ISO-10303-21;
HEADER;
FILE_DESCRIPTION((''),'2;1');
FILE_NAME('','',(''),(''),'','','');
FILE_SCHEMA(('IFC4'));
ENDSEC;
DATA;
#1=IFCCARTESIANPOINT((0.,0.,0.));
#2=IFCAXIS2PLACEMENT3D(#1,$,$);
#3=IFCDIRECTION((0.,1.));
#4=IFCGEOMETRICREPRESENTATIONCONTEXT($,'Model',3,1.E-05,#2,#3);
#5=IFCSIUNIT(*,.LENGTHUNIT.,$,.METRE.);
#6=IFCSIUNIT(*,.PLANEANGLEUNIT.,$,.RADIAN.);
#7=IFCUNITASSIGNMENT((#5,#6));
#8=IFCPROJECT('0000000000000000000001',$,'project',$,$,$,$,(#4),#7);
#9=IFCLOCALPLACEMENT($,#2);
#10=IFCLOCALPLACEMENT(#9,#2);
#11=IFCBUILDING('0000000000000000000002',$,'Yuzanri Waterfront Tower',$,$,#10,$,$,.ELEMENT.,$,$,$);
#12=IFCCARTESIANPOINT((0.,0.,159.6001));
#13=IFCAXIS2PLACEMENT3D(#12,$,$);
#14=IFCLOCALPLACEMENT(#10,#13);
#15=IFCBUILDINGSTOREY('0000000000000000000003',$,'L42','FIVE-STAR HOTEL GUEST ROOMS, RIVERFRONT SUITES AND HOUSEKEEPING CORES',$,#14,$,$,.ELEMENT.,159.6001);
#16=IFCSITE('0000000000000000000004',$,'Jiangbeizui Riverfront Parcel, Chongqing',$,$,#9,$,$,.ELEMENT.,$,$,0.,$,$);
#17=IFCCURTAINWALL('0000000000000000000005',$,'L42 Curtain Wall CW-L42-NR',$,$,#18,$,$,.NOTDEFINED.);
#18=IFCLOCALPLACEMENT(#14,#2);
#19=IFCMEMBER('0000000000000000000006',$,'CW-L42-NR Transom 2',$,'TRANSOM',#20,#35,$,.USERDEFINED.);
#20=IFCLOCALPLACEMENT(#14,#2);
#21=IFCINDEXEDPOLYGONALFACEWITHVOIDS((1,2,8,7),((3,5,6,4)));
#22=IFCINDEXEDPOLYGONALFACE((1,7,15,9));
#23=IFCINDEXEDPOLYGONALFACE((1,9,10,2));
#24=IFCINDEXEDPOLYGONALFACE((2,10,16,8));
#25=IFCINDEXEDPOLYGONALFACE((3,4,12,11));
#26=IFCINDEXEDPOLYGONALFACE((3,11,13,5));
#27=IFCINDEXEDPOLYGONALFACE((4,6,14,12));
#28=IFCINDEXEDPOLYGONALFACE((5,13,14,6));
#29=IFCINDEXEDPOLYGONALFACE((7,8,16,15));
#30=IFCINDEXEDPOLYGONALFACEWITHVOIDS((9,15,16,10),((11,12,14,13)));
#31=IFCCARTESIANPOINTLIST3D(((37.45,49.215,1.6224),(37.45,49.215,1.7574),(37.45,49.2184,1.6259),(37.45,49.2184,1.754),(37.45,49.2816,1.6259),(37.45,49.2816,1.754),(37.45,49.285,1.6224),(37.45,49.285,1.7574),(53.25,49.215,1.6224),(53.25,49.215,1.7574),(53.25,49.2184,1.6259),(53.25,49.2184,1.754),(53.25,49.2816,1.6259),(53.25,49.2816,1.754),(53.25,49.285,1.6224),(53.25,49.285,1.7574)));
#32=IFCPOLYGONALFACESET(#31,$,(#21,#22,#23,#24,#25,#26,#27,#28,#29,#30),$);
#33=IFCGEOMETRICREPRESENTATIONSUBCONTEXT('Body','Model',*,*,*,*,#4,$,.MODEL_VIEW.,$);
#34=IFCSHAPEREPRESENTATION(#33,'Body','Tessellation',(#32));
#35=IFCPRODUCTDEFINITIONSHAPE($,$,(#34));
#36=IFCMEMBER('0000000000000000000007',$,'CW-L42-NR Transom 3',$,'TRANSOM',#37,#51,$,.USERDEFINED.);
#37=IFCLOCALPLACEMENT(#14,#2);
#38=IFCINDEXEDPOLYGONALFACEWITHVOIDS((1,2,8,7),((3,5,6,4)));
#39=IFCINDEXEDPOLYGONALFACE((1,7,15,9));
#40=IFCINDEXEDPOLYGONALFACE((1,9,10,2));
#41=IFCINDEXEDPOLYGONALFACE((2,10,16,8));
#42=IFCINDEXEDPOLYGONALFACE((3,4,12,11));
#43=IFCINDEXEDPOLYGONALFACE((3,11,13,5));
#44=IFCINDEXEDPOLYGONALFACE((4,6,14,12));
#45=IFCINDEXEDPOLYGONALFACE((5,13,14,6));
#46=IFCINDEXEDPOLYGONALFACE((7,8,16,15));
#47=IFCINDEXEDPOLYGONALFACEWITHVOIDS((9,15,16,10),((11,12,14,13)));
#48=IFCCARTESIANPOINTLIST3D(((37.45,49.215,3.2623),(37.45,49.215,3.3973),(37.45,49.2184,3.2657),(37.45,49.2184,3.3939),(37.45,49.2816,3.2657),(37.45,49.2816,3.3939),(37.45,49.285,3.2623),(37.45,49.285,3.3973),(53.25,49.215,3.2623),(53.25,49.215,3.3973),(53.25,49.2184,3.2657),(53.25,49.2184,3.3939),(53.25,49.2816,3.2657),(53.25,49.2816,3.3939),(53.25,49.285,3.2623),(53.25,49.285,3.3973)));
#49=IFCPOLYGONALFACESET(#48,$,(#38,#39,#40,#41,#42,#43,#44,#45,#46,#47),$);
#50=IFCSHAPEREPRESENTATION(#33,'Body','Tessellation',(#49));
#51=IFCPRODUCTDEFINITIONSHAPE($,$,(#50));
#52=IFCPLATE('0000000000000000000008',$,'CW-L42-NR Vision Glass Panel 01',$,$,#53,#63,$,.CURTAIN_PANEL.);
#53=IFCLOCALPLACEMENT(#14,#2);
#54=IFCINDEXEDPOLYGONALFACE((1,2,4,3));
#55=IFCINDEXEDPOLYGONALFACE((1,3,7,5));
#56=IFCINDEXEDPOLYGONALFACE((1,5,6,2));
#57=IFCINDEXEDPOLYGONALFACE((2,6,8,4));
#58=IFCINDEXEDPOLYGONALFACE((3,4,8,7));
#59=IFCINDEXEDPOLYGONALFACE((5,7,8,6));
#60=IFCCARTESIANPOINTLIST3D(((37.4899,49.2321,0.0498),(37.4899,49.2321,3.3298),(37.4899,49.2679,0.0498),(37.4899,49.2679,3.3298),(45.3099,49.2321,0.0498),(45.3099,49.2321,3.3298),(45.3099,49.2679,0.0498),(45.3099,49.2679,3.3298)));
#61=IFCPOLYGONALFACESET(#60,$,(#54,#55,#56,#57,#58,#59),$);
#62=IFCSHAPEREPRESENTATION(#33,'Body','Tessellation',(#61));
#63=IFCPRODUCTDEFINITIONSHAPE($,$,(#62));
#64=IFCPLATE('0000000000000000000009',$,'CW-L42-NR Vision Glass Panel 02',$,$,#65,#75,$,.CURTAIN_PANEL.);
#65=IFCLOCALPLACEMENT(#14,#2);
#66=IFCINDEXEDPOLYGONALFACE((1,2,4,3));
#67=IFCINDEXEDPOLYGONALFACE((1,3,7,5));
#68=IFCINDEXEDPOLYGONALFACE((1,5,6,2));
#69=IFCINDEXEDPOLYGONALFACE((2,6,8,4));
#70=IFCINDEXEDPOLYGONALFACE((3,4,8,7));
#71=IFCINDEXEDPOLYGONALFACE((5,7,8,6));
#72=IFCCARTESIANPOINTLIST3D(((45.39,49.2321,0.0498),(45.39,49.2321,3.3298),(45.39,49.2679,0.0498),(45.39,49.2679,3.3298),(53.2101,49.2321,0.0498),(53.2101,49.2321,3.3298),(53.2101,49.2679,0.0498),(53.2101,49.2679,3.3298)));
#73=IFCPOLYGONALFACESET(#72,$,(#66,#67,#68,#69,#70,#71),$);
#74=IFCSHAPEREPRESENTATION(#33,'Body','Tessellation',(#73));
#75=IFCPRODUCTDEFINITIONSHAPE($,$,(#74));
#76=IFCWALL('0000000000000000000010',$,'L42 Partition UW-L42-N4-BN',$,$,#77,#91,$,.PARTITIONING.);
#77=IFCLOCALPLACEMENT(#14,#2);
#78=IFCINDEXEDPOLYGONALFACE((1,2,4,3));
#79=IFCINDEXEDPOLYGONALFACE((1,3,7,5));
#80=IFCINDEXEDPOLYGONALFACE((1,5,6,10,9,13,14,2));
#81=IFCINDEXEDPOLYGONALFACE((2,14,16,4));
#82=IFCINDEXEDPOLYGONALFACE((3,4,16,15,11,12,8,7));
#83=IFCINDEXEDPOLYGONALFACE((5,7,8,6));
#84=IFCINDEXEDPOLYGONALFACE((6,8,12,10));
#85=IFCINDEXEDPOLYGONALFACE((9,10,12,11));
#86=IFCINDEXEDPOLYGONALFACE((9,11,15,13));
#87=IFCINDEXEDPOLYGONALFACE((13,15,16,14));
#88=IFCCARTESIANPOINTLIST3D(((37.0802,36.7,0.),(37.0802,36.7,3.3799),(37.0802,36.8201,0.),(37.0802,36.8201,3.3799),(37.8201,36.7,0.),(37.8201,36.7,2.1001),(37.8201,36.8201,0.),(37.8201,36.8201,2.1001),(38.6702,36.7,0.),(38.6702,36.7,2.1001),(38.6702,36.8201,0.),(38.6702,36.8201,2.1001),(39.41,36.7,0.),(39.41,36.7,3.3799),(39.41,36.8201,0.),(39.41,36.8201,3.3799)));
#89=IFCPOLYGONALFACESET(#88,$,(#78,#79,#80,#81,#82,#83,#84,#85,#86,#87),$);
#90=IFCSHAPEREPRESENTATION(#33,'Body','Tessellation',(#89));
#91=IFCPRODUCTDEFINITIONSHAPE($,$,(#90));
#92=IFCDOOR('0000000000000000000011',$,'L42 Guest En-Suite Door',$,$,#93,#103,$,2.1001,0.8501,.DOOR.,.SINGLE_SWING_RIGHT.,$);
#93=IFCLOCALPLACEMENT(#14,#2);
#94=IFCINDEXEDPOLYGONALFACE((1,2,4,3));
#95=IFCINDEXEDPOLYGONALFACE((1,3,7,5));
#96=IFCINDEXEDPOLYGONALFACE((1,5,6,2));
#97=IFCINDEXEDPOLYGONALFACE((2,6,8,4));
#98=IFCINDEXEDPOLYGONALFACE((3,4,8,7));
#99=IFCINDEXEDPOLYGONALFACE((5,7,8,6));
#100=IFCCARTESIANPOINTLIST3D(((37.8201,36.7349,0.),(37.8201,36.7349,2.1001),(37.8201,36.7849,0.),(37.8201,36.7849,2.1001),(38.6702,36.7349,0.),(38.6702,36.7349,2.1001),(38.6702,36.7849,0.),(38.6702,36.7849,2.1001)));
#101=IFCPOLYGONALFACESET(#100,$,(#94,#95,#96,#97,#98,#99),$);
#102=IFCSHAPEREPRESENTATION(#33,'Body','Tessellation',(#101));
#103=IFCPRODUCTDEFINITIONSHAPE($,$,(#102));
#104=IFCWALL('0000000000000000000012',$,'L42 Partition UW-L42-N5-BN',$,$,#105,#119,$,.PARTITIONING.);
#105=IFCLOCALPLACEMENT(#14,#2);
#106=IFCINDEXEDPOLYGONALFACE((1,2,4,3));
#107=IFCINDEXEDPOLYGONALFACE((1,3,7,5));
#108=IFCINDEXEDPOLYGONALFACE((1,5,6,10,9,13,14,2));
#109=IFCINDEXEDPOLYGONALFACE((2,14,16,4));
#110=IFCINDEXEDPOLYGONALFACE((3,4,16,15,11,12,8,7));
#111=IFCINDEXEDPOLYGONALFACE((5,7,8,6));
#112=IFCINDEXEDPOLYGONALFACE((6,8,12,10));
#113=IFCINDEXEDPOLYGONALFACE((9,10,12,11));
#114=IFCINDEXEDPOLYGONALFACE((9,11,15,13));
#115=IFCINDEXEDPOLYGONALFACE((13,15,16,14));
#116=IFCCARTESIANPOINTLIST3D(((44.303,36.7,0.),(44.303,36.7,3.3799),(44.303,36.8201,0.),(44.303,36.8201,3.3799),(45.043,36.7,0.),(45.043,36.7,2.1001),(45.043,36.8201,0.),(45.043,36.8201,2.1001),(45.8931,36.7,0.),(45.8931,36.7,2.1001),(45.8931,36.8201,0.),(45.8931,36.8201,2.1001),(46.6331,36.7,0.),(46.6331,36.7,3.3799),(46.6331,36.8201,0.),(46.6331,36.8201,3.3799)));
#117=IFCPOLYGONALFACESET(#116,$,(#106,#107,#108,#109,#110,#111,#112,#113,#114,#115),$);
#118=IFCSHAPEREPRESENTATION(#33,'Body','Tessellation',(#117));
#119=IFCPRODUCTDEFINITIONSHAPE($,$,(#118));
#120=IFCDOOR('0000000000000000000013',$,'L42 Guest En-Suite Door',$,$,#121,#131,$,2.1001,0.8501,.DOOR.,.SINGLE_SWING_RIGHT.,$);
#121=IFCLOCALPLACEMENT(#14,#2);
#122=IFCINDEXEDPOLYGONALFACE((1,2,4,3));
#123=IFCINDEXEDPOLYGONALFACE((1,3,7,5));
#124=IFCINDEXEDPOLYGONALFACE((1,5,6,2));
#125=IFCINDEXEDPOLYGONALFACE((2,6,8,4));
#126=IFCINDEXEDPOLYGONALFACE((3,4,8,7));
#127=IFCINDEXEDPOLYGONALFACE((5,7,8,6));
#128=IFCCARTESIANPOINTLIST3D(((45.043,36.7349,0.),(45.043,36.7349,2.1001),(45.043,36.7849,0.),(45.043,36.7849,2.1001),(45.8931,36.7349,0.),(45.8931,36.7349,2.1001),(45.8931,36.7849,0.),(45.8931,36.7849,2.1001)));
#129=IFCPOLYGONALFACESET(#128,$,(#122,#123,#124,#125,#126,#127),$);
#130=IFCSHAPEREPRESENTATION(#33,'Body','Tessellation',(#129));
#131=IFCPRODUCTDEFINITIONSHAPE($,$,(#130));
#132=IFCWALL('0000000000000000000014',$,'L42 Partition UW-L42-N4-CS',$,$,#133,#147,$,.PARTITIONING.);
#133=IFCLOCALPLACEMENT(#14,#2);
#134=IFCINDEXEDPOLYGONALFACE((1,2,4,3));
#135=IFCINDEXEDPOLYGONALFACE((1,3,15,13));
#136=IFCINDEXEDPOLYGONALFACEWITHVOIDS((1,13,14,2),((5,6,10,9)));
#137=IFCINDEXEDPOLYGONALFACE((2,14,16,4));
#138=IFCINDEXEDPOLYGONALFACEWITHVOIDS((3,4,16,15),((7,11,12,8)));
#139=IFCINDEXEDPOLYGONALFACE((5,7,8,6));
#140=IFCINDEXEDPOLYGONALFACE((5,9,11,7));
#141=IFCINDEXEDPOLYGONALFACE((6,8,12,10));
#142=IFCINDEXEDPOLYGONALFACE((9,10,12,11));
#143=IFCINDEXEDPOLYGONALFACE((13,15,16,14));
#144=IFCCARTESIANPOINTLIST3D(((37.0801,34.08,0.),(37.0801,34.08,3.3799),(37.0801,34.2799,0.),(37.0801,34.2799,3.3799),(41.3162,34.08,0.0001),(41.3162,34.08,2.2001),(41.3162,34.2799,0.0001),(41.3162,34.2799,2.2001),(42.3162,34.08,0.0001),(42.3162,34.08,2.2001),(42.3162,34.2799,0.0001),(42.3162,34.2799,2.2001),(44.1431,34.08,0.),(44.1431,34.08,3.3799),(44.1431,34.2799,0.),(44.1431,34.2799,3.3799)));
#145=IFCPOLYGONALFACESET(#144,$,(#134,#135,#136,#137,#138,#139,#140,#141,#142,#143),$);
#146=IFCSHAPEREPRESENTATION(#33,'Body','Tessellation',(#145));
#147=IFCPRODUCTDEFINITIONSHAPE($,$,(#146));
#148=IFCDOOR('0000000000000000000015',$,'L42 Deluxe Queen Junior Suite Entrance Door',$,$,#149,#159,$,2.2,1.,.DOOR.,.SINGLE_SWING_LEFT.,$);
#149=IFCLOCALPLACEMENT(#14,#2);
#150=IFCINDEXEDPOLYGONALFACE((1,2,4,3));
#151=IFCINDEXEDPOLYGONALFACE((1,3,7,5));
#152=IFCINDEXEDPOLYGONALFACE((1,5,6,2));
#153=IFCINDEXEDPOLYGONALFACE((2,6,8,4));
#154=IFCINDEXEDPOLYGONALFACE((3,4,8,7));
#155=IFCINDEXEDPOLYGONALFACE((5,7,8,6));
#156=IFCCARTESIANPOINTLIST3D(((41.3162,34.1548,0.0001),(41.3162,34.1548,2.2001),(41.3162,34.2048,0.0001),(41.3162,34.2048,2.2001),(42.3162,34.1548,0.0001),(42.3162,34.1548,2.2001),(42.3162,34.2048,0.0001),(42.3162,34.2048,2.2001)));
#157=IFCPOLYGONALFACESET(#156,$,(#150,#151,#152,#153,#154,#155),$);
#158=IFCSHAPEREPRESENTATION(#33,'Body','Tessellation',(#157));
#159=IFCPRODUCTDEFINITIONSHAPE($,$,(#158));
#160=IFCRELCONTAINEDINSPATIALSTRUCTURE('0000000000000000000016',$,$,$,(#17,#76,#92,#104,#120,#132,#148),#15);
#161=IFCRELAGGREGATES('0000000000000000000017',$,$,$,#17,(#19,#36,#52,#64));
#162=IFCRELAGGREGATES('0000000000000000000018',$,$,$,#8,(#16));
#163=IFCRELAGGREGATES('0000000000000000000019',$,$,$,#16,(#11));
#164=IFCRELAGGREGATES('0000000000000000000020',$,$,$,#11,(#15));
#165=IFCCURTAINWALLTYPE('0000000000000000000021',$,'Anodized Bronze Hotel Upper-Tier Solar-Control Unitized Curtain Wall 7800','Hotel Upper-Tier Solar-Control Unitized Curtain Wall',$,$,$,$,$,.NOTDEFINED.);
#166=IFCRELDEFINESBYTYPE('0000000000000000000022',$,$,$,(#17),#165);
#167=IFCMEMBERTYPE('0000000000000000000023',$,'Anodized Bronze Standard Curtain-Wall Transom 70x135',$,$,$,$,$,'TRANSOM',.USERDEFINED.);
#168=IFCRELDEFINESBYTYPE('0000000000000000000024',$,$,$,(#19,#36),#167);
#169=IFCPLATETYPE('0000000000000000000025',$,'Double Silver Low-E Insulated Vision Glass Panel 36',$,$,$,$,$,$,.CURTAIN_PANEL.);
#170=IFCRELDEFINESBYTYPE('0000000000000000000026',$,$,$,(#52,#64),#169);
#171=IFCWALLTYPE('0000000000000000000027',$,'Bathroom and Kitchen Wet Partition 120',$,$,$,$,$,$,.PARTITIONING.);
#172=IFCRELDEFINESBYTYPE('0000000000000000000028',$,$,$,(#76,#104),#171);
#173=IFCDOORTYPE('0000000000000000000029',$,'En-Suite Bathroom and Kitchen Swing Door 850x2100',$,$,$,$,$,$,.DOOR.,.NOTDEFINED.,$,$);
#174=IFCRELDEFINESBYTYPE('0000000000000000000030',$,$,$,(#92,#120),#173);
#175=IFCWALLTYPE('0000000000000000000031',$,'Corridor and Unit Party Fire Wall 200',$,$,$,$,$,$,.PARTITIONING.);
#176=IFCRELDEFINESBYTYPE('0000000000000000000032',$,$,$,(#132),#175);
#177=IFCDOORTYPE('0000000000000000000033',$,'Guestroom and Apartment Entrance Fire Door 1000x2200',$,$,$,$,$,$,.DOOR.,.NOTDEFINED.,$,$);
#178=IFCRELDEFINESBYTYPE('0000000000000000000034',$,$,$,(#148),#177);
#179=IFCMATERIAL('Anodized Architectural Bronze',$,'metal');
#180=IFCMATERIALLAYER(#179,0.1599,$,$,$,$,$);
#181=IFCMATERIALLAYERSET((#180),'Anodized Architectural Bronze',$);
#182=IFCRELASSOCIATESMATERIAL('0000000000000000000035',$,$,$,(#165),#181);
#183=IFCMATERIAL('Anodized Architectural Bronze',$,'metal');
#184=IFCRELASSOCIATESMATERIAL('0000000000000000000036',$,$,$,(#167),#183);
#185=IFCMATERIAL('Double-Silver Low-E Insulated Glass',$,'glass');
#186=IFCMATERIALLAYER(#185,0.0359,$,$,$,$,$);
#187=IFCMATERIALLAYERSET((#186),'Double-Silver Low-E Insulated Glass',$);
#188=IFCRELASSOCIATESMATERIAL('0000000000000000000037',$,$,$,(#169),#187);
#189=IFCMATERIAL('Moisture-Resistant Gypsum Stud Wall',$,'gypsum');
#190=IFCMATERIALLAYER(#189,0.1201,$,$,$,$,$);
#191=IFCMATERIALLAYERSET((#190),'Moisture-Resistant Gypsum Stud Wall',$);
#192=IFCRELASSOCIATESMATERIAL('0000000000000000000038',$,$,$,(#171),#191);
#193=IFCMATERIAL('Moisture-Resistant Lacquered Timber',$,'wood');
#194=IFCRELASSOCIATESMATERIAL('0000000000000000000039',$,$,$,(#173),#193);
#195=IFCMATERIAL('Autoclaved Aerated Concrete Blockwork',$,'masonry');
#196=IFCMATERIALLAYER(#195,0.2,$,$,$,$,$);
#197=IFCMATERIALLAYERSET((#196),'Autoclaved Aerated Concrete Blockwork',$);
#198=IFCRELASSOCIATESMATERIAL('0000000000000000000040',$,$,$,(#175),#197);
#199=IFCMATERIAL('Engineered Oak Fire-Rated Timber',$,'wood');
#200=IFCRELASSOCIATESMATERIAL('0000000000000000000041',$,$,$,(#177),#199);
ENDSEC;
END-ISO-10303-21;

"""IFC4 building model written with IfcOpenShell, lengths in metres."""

from ifc_helpers import new_model, si_unit, direction, frame, frame_2d, origin, origin_2d, place, context, subcontext, project, spatial, rectangle, hollow_rectangle, extrude, source, transform, mapped, material, layer, layer_set, material_profile, profile_set, type_object, element, fill, aggregate, save


model = new_model("IFC4")

# Units and contexts
model_context = context("Model", 3, precision=1e-05, world=origin(), true_north=direction((0.0, 1.0)))
body_context = subcontext(model_context, "Body", "Model", "MODEL_VIEW")
ifc_project = project(units=[si_unit("LENGTHUNIT", "METRE"), si_unit("PLANEANGLEUNIT", "RADIAN")], contexts=[model_context])

# Site, building, storey
site_placement = place(None, origin())
site = spatial("IfcSite", under=ifc_project, at=site_placement, Name="Jiangbeizui Riverfront Parcel, Chongqing", CompositionType="ELEMENT", RefElevation=0.0)
building_placement = place(site_placement, origin())
building = spatial("IfcBuilding", under=site, at=building_placement, Name="Yuzanri Waterfront Tower", CompositionType="ELEMENT")
storey_placement = place(building_placement, frame((0.0, 0.0, 159.6001)))
storey = spatial("IfcBuildingStorey", under=building, at=storey_placement, Name="L42", Description="FIVE-STAR HOTEL GUEST ROOMS, RIVERFRONT SUITES AND HOUSEKEEPING CORES", CompositionType="ELEMENT", Elevation=159.6001)

# Shared definitions
ifc_material_1 = material(Name="Anodized Architectural Bronze", Category="metal")
ifc_layer_1 = layer(ifc_material_1, 0.1599)
ifc_layer_set_1 = layer_set([ifc_layer_1], Name="Anodized Architectural Bronze")
curtain_wall_type = type_object("IfcCurtainWallType", Name="Anodized Bronze Hotel Upper-Tier Solar-Control Unitized Curtain Wall 7800", Description="Hotel Upper-Tier Solar-Control Unitized Curtain Wall", PredefinedType="NOTDEFINED", material=ifc_layer_set_1)

# Curtain wall, members, plates
curtain_wall_1_placement = place(storey_placement, origin())
curtain_wall_1 = element("IfcCurtainWall", 1, at=curtain_wall_1_placement, inside=storey, type_object=curtain_wall_type, Name="L42 Curtain Wall CW-L42-NR", PredefinedType="NOTDEFINED")
ifc_material_2 = material(Name="Anodized Architectural Bronze", Category="metal")
ifc_material_profile_1 = material_profile(ifc_material_2, hollow_rectangle(XDim=0.0701, YDim=0.135, WallThickness=0.0034, at=origin_2d()), Name="CWT 70x135")
ifc_profile_set_1 = profile_set([ifc_material_profile_1], Name="Anodized Architectural Bronze")
member_type_1 = type_object("IfcMemberType", Name="Anodized Bronze Standard Curtain-Wall Transom 70x135", ElementType="TRANSOM", PredefinedType="USERDEFINED", material=ifc_profile_set_1)
shared_shape_1 = source(origin(), body_context, "Body", "SweptSolid", [
    extrude(hollow_rectangle(XDim=0.0701, YDim=0.135, WallThickness=0.0034, at=origin_2d()), origin(), (0.0, 0.0, 1.0), 15.8),
])
member_1_placement = place(storey_placement, frame((37.45, 49.25, 1.6899), z_axis=(1.0, 0.0, 0.0), x_axis=(0.0, 1.0, 0.0)))
member_1 = element("IfcMember", 2, at=member_1_placement, type_object=member_type_1, Name="CW-L42-NR Transom 2", ObjectType="TRANSOM", PredefinedType="USERDEFINED", context=body_context, shape_type="MappedRepresentation", body=[
    mapped(shared_shape_1, transform((0.0, 0.0, 0.0), scale=1.0)),
])
member_2_placement = place(storey_placement, frame((37.45, 49.25, 3.3298), z_axis=(1.0, 0.0, 0.0), x_axis=(0.0, 1.0, 0.0)))
member_2 = element("IfcMember", 3, at=member_2_placement, type_object=member_type_1, Name="CW-L42-NR Transom 3", ObjectType="TRANSOM", PredefinedType="USERDEFINED", context=body_context, shape_type="MappedRepresentation", body=[
    mapped(shared_shape_1, transform((0.0, 0.0, 0.0), scale=1.0)),
])
ifc_material_3 = material(Name="Double-Silver Low-E Insulated Glass", Category="glass")
ifc_layer_2 = layer(ifc_material_3, 0.0359)
ifc_layer_set_2 = layer_set([ifc_layer_2], Name="Double-Silver Low-E Insulated Glass")
plate_type = type_object("IfcPlateType", Name="Double Silver Low-E Insulated Vision Glass Panel 36", PredefinedType="CURTAIN_PANEL", material=ifc_layer_set_2)
shared_shape_2 = source(origin(), body_context, "Body", "SweptSolid", [
    extrude(rectangle(XDim=7.8201, YDim=0.0359, at=origin_2d()), origin(), (0.0, 0.0, 1.0), 3.28),
])
plate_1_placement = place(storey_placement, frame((41.3999, 49.25, 0.0498), z_axis=(0.0, 0.0, 1.0), x_axis=(1.0, 0.0, 0.0)))
plate_1 = element("IfcPlate", 4, at=plate_1_placement, type_object=plate_type, Name="CW-L42-NR Vision Glass Panel 01", PredefinedType="CURTAIN_PANEL", context=body_context, shape_type="MappedRepresentation", body=[
    mapped(shared_shape_2, transform((0.0, 0.0, 0.0), scale=1.0)),
])
plate_2_placement = place(storey_placement, frame((49.3, 49.25, 0.0498), z_axis=(0.0, 0.0, 1.0), x_axis=(1.0, 0.0, 0.0)))
plate_2 = element("IfcPlate", 5, at=plate_2_placement, type_object=plate_type, Name="CW-L42-NR Vision Glass Panel 02", PredefinedType="CURTAIN_PANEL", context=body_context, shape_type="MappedRepresentation", body=[
    mapped(shared_shape_2, transform((0.0, 0.0, 0.0), scale=1.0)),
])
aggregate(curtain_wall_1, [member_1, member_2, plate_1, plate_2])

# Walls, openings, doors
ifc_material_4 = material(Name="Moisture-Resistant Gypsum Stud Wall", Category="gypsum")
ifc_layer_3 = layer(ifc_material_4, 0.1201)
ifc_layer_set_3 = layer_set([ifc_layer_3], Name="Moisture-Resistant Gypsum Stud Wall")
wall_type_1 = type_object("IfcWallType", Name="Bathroom and Kitchen Wet Partition 120", PredefinedType="PARTITIONING", material=ifc_layer_set_3)
wall_1_placement = place(storey_placement, frame((37.0801, 36.76, 0.0), z_axis=(0.0, 0.0, 1.0), x_axis=(1.0, 0.0, 0.0)))
wall_1 = element("IfcWall", 6, at=wall_1_placement, inside=storey, type_object=wall_type_1, Name="L42 Partition UW-L42-N4-BN", PredefinedType="PARTITIONING", context=body_context, shape_type="SweptSolid", body=[
    extrude(rectangle(XDim=2.3298, YDim=0.1201, at=frame_2d((1.165, 0.0))), origin(), (0.0, 0.0, 1.0), 3.3799),
])
opening_1_placement = place(wall_1_placement, frame((0.74, 0.0, 0.0)))
opening_1 = element("IfcOpeningElement", 7, at=opening_1_placement, cuts=wall_1, PredefinedType="OPENING", context=body_context, shape_type="SweptSolid", body=[
    extrude(rectangle(XDim=0.8501, YDim=2.1001, at=frame_2d((0.425, 1.05))), frame((0.0, 0.075, 0.0), z_axis=(0.0, -1.0, 0.0), x_axis=(1.0, 0.0, 0.0)), (0.0, 0.0, 1.0), 0.1499),
])
ifc_material_5 = material(Name="Moisture-Resistant Lacquered Timber", Category="wood")
door_type_1 = type_object("IfcDoorType", Name="En-Suite Bathroom and Kitchen Swing Door 850x2100", OperationType="NOTDEFINED", PredefinedType="DOOR", material=ifc_material_5)
shared_shape_3 = source(origin(), body_context, "Body", "SweptSolid", [
    extrude(rectangle(XDim=0.8501, YDim=2.1001, at=frame_2d((0.425, 1.05))), frame((0.0, 0.0249, 0.0), z_axis=(0.0, -1.0, 0.0), x_axis=(1.0, 0.0, 0.0)), (0.0, 0.0, 1.0), 0.05),
])
door_1_placement = place(opening_1_placement, origin())
door_1 = element("IfcDoor", 8, at=door_1_placement, inside=storey, type_object=door_type_1, Name="L42 Guest En-Suite Door", OperationType="SINGLE_SWING_RIGHT", OverallHeight=2.1001, OverallWidth=0.8501, PredefinedType="DOOR", context=body_context, shape_type="MappedRepresentation", body=[
    mapped(shared_shape_3, transform((0.0, 0.0, 0.0), scale=1.0)),
])
fill(opening_1, door_1)
wall_2_placement = place(storey_placement, frame((44.303, 36.76, 0.0), z_axis=(0.0, 0.0, 1.0), x_axis=(1.0, 0.0, 0.0)))
wall_2 = element("IfcWall", 9, at=wall_2_placement, inside=storey, type_object=wall_type_1, Name="L42 Partition UW-L42-N5-BN", PredefinedType="PARTITIONING", context=body_context, shape_type="SweptSolid", body=[
    extrude(rectangle(XDim=2.3301, YDim=0.1201, at=frame_2d((1.165, 0.0))), origin(), (0.0, 0.0, 1.0), 3.3799),
])
opening_2_placement = place(wall_2_placement, frame((0.74, 0.0, 0.0)))
opening_2 = element("IfcOpeningElement", 10, at=opening_2_placement, cuts=wall_2, PredefinedType="OPENING", context=body_context, shape_type="SweptSolid", body=[
    extrude(rectangle(XDim=0.8501, YDim=2.1001, at=frame_2d((0.425, 1.05))), frame((0.0, 0.075, 0.0), z_axis=(0.0, -1.0, 0.0), x_axis=(1.0, 0.0, 0.0)), (0.0, 0.0, 1.0), 0.1499),
])
door_2_placement = place(opening_2_placement, origin())
door_2 = element("IfcDoor", 11, at=door_2_placement, inside=storey, type_object=door_type_1, Name="L42 Guest En-Suite Door", OperationType="SINGLE_SWING_RIGHT", OverallHeight=2.1001, OverallWidth=0.8501, PredefinedType="DOOR", context=body_context, shape_type="MappedRepresentation", body=[
    mapped(shared_shape_3, transform((0.0, 0.0, 0.0), scale=1.0)),
])
fill(opening_2, door_2)
ifc_material_6 = material(Name="Autoclaved Aerated Concrete Blockwork", Category="masonry")
ifc_layer_4 = layer(ifc_material_6, 0.2)
ifc_layer_set_4 = layer_set([ifc_layer_4], Name="Autoclaved Aerated Concrete Blockwork")
wall_type_2 = type_object("IfcWallType", Name="Corridor and Unit Party Fire Wall 200", PredefinedType="PARTITIONING", material=ifc_layer_set_4)
wall_3_placement = place(storey_placement, frame((37.0801, 34.1799, 0.0), z_axis=(0.0, 0.0, 1.0), x_axis=(1.0, 0.0, 0.0)))
wall_3 = element("IfcWall", 12, at=wall_3_placement, inside=storey, type_object=wall_type_2, Name="L42 Partition UW-L42-N4-CS", PredefinedType="PARTITIONING", context=body_context, shape_type="SweptSolid", body=[
    extrude(rectangle(XDim=7.063, YDim=0.2, at=frame_2d((3.5315, 0.0))), origin(), (0.0, 0.0, 1.0), 3.3799),
])
opening_3_placement = place(wall_3_placement, frame((4.2361, 0.0, 0.0)))
opening_3 = element("IfcOpeningElement", 13, at=opening_3_placement, cuts=wall_3, PredefinedType="OPENING", context=body_context, shape_type="SweptSolid", body=[
    extrude(rectangle(XDim=1.0, YDim=2.2, at=frame_2d((0.5, 1.1001))), frame((0.0, 0.1147, 0.0), z_axis=(0.0, -1.0, 0.0), x_axis=(1.0, 0.0, 0.0)), (0.0, 0.0, 1.0), 0.2297),
])
ifc_material_7 = material(Name="Engineered Oak Fire-Rated Timber", Category="wood")
door_type_2 = type_object("IfcDoorType", Name="Guestroom and Apartment Entrance Fire Door 1000x2200", OperationType="NOTDEFINED", PredefinedType="DOOR", material=ifc_material_7)
shared_shape_4 = source(origin(), body_context, "Body", "SweptSolid", [
    extrude(rectangle(XDim=1.0, YDim=2.2, at=frame_2d((0.5, 1.1001))), frame((0.0, 0.0249, 0.0), z_axis=(0.0, -1.0, 0.0), x_axis=(1.0, 0.0, 0.0)), (0.0, 0.0, 1.0), 0.05),
])
door_3_placement = place(opening_3_placement, origin())
door_3 = element("IfcDoor", 14, at=door_3_placement, inside=storey, type_object=door_type_2, Name="L42 Deluxe Queen Junior Suite Entrance Door", OperationType="SINGLE_SWING_LEFT", OverallHeight=2.2, OverallWidth=1.0, PredefinedType="DOOR", context=body_context, shape_type="MappedRepresentation", body=[
    mapped(shared_shape_4, transform((0.0, 0.0, 0.0), scale=1.0)),
])
fill(opening_3, door_3)

save(model, "model.ifc")
